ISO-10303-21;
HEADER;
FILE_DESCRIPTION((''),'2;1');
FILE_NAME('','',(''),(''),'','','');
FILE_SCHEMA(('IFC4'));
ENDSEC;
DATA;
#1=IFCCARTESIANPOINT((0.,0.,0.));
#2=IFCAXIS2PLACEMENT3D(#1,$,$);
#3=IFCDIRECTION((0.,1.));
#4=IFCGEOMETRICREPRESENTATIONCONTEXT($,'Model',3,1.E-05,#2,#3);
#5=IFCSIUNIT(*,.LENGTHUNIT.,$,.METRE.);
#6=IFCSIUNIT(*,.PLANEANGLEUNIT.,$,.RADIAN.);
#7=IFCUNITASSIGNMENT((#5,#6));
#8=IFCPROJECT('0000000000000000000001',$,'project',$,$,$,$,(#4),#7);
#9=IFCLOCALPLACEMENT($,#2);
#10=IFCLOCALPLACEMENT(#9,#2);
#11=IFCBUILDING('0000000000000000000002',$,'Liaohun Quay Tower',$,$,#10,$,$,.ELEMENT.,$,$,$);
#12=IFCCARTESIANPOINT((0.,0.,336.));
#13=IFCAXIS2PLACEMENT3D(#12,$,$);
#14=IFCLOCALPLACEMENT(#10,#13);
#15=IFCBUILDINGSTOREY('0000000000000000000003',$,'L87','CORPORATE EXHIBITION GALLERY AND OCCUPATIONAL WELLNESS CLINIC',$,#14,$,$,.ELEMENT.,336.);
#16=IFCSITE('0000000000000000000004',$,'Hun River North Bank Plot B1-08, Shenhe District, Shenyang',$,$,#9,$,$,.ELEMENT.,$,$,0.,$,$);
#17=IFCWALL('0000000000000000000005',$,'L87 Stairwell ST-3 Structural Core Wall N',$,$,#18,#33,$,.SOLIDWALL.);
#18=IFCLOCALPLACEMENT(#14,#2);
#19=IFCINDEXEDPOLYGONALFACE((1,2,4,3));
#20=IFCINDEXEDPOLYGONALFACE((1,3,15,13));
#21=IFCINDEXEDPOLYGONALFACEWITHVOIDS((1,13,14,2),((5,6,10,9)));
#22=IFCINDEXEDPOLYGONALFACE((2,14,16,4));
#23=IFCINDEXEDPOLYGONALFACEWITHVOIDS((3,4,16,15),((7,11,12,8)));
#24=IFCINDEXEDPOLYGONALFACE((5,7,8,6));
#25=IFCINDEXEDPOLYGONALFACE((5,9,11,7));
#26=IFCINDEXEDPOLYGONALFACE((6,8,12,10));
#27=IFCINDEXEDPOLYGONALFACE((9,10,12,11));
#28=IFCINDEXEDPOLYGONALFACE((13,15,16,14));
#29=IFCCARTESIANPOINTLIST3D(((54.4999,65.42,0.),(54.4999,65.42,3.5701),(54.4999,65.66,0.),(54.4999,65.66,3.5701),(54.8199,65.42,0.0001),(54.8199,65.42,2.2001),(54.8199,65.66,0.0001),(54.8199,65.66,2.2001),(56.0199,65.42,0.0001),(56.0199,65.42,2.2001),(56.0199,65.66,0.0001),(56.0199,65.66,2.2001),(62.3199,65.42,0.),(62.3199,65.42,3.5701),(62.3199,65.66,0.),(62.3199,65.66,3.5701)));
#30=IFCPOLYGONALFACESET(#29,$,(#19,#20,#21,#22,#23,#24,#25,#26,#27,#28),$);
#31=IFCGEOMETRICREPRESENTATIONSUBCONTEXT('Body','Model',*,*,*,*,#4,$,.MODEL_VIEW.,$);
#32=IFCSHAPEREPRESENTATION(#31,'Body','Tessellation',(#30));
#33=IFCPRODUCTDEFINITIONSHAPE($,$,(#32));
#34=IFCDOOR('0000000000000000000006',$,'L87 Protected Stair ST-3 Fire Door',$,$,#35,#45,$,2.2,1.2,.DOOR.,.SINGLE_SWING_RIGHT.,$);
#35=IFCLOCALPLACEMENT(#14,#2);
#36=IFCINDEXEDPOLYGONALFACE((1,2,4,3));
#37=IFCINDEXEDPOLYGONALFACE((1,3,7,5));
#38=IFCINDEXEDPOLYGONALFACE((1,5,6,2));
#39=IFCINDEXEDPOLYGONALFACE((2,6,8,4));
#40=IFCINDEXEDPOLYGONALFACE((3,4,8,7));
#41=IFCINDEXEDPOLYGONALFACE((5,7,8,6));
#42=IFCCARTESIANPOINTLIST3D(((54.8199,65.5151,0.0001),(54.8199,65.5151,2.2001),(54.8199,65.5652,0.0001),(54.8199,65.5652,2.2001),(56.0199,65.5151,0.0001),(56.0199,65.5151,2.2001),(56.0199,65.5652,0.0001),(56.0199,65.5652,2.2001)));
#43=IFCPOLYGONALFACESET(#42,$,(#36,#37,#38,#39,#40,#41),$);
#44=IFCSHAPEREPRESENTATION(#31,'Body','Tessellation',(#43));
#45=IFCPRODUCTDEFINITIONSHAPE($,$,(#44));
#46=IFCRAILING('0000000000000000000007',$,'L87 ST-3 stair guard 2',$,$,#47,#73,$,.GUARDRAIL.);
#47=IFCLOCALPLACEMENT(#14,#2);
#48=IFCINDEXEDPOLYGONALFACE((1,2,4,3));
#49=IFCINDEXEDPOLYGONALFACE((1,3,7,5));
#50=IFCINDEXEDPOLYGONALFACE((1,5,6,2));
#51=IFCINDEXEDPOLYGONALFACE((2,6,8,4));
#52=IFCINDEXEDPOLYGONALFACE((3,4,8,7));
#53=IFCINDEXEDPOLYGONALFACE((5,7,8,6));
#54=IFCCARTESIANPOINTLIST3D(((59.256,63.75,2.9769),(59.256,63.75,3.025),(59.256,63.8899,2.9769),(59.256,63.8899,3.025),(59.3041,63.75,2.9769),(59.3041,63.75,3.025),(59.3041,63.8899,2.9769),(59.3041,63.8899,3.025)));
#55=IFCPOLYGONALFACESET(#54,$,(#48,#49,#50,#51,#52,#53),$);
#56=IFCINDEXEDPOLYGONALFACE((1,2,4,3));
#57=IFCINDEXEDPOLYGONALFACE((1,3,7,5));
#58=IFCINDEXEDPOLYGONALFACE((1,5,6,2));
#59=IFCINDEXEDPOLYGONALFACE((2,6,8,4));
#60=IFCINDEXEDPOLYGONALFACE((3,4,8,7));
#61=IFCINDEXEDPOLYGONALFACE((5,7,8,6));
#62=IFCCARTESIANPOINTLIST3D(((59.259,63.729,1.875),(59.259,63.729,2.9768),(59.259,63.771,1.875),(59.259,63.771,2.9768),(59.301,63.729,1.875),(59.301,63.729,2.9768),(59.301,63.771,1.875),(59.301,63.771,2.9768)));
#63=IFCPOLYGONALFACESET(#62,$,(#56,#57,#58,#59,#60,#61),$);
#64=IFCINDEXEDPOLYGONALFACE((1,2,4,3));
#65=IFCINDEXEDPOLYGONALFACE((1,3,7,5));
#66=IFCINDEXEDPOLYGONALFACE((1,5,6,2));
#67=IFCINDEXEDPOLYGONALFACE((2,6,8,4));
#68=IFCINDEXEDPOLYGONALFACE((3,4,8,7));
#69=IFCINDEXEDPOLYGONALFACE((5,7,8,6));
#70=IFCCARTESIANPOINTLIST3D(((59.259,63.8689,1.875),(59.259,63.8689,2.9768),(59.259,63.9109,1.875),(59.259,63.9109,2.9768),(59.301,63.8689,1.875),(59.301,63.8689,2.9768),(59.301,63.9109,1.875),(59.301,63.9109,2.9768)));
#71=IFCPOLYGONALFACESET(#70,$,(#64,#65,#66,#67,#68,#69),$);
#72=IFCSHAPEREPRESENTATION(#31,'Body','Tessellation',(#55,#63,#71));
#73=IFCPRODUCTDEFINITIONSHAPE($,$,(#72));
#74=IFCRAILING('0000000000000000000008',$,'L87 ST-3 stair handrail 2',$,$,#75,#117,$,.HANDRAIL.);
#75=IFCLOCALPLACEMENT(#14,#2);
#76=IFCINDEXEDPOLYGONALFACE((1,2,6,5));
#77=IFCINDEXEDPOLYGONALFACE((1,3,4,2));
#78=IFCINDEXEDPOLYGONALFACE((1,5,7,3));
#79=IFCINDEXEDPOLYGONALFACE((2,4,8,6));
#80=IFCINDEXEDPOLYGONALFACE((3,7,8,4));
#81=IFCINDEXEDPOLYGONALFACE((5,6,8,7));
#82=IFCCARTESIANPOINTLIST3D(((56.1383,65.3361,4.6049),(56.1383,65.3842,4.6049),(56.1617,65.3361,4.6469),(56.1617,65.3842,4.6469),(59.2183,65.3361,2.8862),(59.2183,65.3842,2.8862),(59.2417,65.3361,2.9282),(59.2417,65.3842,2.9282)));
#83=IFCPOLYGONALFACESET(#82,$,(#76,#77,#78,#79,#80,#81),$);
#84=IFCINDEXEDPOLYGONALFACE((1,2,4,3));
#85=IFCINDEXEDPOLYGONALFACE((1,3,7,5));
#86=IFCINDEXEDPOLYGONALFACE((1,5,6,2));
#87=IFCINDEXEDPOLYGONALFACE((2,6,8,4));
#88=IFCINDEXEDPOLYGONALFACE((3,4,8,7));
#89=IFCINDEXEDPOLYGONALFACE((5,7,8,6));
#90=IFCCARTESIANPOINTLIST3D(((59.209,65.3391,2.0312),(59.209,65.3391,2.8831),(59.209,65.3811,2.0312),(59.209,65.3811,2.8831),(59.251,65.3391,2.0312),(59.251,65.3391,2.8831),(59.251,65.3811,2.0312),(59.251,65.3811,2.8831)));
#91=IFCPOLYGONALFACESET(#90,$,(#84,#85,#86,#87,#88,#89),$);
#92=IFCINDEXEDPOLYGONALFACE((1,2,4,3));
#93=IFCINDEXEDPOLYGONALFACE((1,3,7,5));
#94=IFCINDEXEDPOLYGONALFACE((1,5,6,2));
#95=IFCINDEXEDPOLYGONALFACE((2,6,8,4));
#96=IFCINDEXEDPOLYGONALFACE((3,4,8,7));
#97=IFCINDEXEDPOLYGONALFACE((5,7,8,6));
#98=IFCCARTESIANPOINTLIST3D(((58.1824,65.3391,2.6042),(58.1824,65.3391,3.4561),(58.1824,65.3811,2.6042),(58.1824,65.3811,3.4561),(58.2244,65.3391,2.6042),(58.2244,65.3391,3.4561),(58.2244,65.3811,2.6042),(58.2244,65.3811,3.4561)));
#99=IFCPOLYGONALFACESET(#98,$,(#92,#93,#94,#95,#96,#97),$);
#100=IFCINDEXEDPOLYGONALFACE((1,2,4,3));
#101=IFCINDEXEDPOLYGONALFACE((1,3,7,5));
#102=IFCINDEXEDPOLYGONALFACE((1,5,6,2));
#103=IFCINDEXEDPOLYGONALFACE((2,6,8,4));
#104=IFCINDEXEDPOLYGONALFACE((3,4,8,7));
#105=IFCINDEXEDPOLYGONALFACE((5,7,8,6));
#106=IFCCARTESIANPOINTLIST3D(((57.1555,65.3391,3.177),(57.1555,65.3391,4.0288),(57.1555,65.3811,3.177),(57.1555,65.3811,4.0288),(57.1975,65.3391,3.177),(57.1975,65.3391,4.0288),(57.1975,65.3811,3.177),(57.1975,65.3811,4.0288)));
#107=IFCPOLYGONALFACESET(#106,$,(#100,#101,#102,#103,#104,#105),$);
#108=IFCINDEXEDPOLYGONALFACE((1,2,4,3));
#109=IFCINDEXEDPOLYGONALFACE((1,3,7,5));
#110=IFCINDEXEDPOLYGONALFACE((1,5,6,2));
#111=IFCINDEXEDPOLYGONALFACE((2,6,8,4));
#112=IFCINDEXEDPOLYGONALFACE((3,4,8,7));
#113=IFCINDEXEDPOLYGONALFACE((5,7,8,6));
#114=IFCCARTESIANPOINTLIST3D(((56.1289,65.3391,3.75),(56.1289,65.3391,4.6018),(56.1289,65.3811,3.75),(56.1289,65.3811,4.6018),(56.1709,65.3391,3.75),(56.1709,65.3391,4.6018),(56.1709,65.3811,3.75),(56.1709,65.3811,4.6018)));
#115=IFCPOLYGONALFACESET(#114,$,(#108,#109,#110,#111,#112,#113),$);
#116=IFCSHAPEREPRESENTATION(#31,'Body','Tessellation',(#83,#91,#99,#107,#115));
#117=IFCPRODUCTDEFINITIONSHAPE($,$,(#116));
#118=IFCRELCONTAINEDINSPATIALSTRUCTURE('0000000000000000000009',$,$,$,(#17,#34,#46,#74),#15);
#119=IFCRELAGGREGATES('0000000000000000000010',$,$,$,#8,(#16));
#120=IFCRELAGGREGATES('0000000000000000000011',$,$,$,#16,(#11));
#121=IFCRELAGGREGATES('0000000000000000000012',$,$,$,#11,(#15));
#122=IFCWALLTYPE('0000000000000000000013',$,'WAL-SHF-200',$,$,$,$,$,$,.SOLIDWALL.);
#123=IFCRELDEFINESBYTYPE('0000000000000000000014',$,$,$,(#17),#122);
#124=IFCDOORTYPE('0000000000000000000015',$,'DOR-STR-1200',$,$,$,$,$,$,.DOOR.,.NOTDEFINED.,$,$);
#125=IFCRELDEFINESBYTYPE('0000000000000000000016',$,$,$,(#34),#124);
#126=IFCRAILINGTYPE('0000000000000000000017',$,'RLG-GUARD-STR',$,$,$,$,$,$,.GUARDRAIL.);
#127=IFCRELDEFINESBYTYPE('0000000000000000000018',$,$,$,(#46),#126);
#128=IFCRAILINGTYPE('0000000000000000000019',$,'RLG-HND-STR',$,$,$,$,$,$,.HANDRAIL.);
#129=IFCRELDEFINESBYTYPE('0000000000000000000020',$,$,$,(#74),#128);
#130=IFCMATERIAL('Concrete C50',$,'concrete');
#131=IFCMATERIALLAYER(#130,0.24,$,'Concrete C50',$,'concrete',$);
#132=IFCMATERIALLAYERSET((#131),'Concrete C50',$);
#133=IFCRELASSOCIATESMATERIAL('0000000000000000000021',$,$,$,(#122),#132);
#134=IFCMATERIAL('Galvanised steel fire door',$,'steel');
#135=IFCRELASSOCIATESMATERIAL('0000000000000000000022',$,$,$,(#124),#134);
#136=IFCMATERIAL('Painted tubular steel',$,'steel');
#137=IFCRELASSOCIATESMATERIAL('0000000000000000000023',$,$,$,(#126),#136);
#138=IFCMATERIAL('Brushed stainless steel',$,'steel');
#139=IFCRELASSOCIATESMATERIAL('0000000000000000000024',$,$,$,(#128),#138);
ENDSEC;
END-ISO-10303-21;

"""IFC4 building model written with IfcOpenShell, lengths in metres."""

from ifc_helpers import new_model, si_unit, direction, frame, frame_2d, origin, origin_2d, place, context, subcontext, project, spatial, rectangle, extrude, source, transform, mapped, material, layer, layer_set, type_object, element, fill, save


model = new_model("IFC4")

# Units and contexts
model_context = context("Model", 3, precision=1e-05, world=origin(), true_north=direction((0.0, 1.0)))
body_context = subcontext(model_context, "Body", "Model", "MODEL_VIEW")
ifc_project = project(units=[si_unit("LENGTHUNIT", "METRE"), si_unit("PLANEANGLEUNIT", "RADIAN")], contexts=[model_context])

# Site, building, storey
site_placement = place(None, origin())
site = spatial("IfcSite", under=ifc_project, at=site_placement, Name="Hun River North Bank Plot B1-08, Shenhe District, Shenyang", CompositionType="ELEMENT", RefElevation=0.0)
building_placement = place(site_placement, origin())
building = spatial("IfcBuilding", under=site, at=building_placement, Name="Liaohun Quay Tower", CompositionType="ELEMENT")
storey_placement = place(building_placement, frame((0.0, 0.0, 336.0)))
storey = spatial("IfcBuildingStorey", under=building, at=storey_placement, Name="L87", Description="CORPORATE EXHIBITION GALLERY AND OCCUPATIONAL WELLNESS CLINIC", CompositionType="ELEMENT", Elevation=336.0)

# Shared definitions
ifc_material_1 = material(Name="Concrete C50", Category="concrete")

# Shared definitions
ifc_layer_1 = layer(ifc_material_1, 0.24, Name="Concrete C50", Category="concrete")
ifc_layer_set_1 = layer_set([ifc_layer_1], Name="Concrete C50")
wall_type_1 = type_object("IfcWallType", Name="WAL-SHF-200", PredefinedType="SOLIDWALL", material=ifc_layer_set_1)

# Wall, opening, door
wall_1_placement = place(storey_placement, frame((62.3201, 65.54, 0.0), z_axis=(0.0, 0.0, 1.0), x_axis=(-1.0, 0.0, 0.0)))
wall_1 = element("IfcWall", 1, at=wall_1_placement, inside=storey, type_object=wall_type_1, Name="L87 Stairwell ST-3 Structural Core Wall N", PredefinedType="SOLIDWALL", context=body_context, shape_type="SweptSolid", body=[
    extrude(rectangle(XDim=7.8201, YDim=0.24, at=frame_2d((3.9102, 0.0))), origin(), (0.0, 0.0, 1.0), 3.5701),
])
shared_shape_1 = source(origin(), body_context, "Body", "SweptSolid", [
    extrude(rectangle(XDim=1.2, YDim=2.2, at=frame_2d((0.6001, 1.1001))), frame((0.0, 0.1299, 0.0), z_axis=(0.0, -1.0, 0.0), x_axis=(1.0, 0.0, 0.0)), (0.0, 0.0, 1.0), 0.26),
])
opening_1_placement = place(wall_1_placement, frame((6.3, 0.0, 0.0)))
opening_1 = element("IfcOpeningElement", 2, at=opening_1_placement, cuts=wall_1, PredefinedType="OPENING", context=body_context, shape_type="MappedRepresentation", body=[
    mapped(shared_shape_1, transform((0.0, 0.0, 0.0), x_axis=(1.0, 0.0, 0.0), y_axis=(0.0, 1.0, 0.0), z_axis=(0.0, 0.0, 1.0), scale=1.0)),
])
ifc_material_2 = material(Name="Galvanised steel fire door", Category="steel")
door_type_1 = type_object("IfcDoorType", Name="DOR-STR-1200", OperationType="NOTDEFINED", PredefinedType="DOOR", material=ifc_material_2)
shared_shape_2 = source(origin(), body_context, "Body", "SweptSolid", [
    extrude(rectangle(XDim=1.2, YDim=2.2, at=frame_2d((0.6001, 1.1001))), frame((0.0, 0.0249, 0.0), z_axis=(0.0, -1.0, 0.0), x_axis=(1.0, 0.0, 0.0)), (0.0, 0.0, 1.0), 0.05),
])
door_1_placement = place(opening_1_placement, origin())
door_1 = element("IfcDoor", 3, at=door_1_placement, inside=storey, type_object=door_type_1, Name="L87 Protected Stair ST-3 Fire Door", OperationType="SINGLE_SWING_RIGHT", OverallHeight=2.2, OverallWidth=1.2, PredefinedType="DOOR", context=body_context, shape_type="MappedRepresentation", body=[
    mapped(shared_shape_2, transform((0.0, 0.0, 0.0), x_axis=(1.0, 0.0, 0.0), y_axis=(0.0, 1.0, 0.0), z_axis=(0.0, 0.0, 1.0), scale=1.0)),
])
fill(opening_1, door_1)

# Railings
ifc_material_3 = material(Name="Painted tubular steel", Category="steel")
railing_type_1 = type_object("IfcRailingType", Name="RLG-GUARD-STR", PredefinedType="GUARDRAIL", material=ifc_material_3)
railing_1_placement = place(storey_placement, frame((59.28, 63.75, 1.875)))
element("IfcRailing", 4, at=railing_1_placement, inside=storey, type_object=railing_type_1, Name="L87 ST-3 stair guard 2", PredefinedType="GUARDRAIL", context=body_context, shape_type="SweptSolid", body=[
    extrude(rectangle(XDim=0.0481, YDim=0.0481, at=origin_2d()), frame((0.0, 0.0, 1.126), z_axis=(0.0, 1.0, 0.0), x_axis=(-1.0, 0.0, 0.0)), (0.0, 0.0, 1.0), 0.1399),
    extrude(rectangle(XDim=0.042, YDim=0.042, at=origin_2d()), origin(), (0.0, 0.0, 1.0), 1.1018),
    extrude(rectangle(XDim=0.042, YDim=0.042, at=origin_2d()), frame((0.0, 0.1399, 0.0)), (0.0, 0.0, 1.0), 1.1018),
])
ifc_material_4 = material(Name="Brushed stainless steel", Category="steel")
railing_type_2 = type_object("IfcRailingType", Name="RLG-HND-STR", PredefinedType="HANDRAIL", material=ifc_material_4)
railing_2_placement = place(storey_placement, frame((59.23, 65.3601, 2.0312)))
element("IfcRailing", 5, at=railing_2_placement, inside=storey, type_object=railing_type_2, Name="L87 ST-3 stair handrail 2", PredefinedType="HANDRAIL", context=body_context, shape_type="SweptSolid", body=[
    extrude(rectangle(XDim=0.0481, YDim=0.0481, at=origin_2d()), frame((0.0, 0.0, 0.876), z_axis=(-0.873242, 0.0, 0.487288), x_axis=(0.0, -1.0, 0.0)), (0.0, 0.0, 1.0), 3.5271),
    extrude(rectangle(XDim=0.042, YDim=0.042, at=origin_2d()), origin(), (0.0, 0.0, 1.0), 0.8518),
    extrude(rectangle(XDim=0.042, YDim=0.042, at=origin_2d()), frame((-1.0266, 0.0, 0.573)), (0.0, 0.0, 1.0), 0.8518),
    extrude(rectangle(XDim=0.042, YDim=0.042, at=origin_2d()), frame((-2.0535, 0.0, 1.1458)), (0.0, 0.0, 1.0), 0.8518),
    extrude(rectangle(XDim=0.042, YDim=0.042, at=origin_2d()), frame((-3.0801, 0.0, 1.7188)), (0.0, 0.0, 1.0), 0.8518),
])

save(model, "model.ifc")
